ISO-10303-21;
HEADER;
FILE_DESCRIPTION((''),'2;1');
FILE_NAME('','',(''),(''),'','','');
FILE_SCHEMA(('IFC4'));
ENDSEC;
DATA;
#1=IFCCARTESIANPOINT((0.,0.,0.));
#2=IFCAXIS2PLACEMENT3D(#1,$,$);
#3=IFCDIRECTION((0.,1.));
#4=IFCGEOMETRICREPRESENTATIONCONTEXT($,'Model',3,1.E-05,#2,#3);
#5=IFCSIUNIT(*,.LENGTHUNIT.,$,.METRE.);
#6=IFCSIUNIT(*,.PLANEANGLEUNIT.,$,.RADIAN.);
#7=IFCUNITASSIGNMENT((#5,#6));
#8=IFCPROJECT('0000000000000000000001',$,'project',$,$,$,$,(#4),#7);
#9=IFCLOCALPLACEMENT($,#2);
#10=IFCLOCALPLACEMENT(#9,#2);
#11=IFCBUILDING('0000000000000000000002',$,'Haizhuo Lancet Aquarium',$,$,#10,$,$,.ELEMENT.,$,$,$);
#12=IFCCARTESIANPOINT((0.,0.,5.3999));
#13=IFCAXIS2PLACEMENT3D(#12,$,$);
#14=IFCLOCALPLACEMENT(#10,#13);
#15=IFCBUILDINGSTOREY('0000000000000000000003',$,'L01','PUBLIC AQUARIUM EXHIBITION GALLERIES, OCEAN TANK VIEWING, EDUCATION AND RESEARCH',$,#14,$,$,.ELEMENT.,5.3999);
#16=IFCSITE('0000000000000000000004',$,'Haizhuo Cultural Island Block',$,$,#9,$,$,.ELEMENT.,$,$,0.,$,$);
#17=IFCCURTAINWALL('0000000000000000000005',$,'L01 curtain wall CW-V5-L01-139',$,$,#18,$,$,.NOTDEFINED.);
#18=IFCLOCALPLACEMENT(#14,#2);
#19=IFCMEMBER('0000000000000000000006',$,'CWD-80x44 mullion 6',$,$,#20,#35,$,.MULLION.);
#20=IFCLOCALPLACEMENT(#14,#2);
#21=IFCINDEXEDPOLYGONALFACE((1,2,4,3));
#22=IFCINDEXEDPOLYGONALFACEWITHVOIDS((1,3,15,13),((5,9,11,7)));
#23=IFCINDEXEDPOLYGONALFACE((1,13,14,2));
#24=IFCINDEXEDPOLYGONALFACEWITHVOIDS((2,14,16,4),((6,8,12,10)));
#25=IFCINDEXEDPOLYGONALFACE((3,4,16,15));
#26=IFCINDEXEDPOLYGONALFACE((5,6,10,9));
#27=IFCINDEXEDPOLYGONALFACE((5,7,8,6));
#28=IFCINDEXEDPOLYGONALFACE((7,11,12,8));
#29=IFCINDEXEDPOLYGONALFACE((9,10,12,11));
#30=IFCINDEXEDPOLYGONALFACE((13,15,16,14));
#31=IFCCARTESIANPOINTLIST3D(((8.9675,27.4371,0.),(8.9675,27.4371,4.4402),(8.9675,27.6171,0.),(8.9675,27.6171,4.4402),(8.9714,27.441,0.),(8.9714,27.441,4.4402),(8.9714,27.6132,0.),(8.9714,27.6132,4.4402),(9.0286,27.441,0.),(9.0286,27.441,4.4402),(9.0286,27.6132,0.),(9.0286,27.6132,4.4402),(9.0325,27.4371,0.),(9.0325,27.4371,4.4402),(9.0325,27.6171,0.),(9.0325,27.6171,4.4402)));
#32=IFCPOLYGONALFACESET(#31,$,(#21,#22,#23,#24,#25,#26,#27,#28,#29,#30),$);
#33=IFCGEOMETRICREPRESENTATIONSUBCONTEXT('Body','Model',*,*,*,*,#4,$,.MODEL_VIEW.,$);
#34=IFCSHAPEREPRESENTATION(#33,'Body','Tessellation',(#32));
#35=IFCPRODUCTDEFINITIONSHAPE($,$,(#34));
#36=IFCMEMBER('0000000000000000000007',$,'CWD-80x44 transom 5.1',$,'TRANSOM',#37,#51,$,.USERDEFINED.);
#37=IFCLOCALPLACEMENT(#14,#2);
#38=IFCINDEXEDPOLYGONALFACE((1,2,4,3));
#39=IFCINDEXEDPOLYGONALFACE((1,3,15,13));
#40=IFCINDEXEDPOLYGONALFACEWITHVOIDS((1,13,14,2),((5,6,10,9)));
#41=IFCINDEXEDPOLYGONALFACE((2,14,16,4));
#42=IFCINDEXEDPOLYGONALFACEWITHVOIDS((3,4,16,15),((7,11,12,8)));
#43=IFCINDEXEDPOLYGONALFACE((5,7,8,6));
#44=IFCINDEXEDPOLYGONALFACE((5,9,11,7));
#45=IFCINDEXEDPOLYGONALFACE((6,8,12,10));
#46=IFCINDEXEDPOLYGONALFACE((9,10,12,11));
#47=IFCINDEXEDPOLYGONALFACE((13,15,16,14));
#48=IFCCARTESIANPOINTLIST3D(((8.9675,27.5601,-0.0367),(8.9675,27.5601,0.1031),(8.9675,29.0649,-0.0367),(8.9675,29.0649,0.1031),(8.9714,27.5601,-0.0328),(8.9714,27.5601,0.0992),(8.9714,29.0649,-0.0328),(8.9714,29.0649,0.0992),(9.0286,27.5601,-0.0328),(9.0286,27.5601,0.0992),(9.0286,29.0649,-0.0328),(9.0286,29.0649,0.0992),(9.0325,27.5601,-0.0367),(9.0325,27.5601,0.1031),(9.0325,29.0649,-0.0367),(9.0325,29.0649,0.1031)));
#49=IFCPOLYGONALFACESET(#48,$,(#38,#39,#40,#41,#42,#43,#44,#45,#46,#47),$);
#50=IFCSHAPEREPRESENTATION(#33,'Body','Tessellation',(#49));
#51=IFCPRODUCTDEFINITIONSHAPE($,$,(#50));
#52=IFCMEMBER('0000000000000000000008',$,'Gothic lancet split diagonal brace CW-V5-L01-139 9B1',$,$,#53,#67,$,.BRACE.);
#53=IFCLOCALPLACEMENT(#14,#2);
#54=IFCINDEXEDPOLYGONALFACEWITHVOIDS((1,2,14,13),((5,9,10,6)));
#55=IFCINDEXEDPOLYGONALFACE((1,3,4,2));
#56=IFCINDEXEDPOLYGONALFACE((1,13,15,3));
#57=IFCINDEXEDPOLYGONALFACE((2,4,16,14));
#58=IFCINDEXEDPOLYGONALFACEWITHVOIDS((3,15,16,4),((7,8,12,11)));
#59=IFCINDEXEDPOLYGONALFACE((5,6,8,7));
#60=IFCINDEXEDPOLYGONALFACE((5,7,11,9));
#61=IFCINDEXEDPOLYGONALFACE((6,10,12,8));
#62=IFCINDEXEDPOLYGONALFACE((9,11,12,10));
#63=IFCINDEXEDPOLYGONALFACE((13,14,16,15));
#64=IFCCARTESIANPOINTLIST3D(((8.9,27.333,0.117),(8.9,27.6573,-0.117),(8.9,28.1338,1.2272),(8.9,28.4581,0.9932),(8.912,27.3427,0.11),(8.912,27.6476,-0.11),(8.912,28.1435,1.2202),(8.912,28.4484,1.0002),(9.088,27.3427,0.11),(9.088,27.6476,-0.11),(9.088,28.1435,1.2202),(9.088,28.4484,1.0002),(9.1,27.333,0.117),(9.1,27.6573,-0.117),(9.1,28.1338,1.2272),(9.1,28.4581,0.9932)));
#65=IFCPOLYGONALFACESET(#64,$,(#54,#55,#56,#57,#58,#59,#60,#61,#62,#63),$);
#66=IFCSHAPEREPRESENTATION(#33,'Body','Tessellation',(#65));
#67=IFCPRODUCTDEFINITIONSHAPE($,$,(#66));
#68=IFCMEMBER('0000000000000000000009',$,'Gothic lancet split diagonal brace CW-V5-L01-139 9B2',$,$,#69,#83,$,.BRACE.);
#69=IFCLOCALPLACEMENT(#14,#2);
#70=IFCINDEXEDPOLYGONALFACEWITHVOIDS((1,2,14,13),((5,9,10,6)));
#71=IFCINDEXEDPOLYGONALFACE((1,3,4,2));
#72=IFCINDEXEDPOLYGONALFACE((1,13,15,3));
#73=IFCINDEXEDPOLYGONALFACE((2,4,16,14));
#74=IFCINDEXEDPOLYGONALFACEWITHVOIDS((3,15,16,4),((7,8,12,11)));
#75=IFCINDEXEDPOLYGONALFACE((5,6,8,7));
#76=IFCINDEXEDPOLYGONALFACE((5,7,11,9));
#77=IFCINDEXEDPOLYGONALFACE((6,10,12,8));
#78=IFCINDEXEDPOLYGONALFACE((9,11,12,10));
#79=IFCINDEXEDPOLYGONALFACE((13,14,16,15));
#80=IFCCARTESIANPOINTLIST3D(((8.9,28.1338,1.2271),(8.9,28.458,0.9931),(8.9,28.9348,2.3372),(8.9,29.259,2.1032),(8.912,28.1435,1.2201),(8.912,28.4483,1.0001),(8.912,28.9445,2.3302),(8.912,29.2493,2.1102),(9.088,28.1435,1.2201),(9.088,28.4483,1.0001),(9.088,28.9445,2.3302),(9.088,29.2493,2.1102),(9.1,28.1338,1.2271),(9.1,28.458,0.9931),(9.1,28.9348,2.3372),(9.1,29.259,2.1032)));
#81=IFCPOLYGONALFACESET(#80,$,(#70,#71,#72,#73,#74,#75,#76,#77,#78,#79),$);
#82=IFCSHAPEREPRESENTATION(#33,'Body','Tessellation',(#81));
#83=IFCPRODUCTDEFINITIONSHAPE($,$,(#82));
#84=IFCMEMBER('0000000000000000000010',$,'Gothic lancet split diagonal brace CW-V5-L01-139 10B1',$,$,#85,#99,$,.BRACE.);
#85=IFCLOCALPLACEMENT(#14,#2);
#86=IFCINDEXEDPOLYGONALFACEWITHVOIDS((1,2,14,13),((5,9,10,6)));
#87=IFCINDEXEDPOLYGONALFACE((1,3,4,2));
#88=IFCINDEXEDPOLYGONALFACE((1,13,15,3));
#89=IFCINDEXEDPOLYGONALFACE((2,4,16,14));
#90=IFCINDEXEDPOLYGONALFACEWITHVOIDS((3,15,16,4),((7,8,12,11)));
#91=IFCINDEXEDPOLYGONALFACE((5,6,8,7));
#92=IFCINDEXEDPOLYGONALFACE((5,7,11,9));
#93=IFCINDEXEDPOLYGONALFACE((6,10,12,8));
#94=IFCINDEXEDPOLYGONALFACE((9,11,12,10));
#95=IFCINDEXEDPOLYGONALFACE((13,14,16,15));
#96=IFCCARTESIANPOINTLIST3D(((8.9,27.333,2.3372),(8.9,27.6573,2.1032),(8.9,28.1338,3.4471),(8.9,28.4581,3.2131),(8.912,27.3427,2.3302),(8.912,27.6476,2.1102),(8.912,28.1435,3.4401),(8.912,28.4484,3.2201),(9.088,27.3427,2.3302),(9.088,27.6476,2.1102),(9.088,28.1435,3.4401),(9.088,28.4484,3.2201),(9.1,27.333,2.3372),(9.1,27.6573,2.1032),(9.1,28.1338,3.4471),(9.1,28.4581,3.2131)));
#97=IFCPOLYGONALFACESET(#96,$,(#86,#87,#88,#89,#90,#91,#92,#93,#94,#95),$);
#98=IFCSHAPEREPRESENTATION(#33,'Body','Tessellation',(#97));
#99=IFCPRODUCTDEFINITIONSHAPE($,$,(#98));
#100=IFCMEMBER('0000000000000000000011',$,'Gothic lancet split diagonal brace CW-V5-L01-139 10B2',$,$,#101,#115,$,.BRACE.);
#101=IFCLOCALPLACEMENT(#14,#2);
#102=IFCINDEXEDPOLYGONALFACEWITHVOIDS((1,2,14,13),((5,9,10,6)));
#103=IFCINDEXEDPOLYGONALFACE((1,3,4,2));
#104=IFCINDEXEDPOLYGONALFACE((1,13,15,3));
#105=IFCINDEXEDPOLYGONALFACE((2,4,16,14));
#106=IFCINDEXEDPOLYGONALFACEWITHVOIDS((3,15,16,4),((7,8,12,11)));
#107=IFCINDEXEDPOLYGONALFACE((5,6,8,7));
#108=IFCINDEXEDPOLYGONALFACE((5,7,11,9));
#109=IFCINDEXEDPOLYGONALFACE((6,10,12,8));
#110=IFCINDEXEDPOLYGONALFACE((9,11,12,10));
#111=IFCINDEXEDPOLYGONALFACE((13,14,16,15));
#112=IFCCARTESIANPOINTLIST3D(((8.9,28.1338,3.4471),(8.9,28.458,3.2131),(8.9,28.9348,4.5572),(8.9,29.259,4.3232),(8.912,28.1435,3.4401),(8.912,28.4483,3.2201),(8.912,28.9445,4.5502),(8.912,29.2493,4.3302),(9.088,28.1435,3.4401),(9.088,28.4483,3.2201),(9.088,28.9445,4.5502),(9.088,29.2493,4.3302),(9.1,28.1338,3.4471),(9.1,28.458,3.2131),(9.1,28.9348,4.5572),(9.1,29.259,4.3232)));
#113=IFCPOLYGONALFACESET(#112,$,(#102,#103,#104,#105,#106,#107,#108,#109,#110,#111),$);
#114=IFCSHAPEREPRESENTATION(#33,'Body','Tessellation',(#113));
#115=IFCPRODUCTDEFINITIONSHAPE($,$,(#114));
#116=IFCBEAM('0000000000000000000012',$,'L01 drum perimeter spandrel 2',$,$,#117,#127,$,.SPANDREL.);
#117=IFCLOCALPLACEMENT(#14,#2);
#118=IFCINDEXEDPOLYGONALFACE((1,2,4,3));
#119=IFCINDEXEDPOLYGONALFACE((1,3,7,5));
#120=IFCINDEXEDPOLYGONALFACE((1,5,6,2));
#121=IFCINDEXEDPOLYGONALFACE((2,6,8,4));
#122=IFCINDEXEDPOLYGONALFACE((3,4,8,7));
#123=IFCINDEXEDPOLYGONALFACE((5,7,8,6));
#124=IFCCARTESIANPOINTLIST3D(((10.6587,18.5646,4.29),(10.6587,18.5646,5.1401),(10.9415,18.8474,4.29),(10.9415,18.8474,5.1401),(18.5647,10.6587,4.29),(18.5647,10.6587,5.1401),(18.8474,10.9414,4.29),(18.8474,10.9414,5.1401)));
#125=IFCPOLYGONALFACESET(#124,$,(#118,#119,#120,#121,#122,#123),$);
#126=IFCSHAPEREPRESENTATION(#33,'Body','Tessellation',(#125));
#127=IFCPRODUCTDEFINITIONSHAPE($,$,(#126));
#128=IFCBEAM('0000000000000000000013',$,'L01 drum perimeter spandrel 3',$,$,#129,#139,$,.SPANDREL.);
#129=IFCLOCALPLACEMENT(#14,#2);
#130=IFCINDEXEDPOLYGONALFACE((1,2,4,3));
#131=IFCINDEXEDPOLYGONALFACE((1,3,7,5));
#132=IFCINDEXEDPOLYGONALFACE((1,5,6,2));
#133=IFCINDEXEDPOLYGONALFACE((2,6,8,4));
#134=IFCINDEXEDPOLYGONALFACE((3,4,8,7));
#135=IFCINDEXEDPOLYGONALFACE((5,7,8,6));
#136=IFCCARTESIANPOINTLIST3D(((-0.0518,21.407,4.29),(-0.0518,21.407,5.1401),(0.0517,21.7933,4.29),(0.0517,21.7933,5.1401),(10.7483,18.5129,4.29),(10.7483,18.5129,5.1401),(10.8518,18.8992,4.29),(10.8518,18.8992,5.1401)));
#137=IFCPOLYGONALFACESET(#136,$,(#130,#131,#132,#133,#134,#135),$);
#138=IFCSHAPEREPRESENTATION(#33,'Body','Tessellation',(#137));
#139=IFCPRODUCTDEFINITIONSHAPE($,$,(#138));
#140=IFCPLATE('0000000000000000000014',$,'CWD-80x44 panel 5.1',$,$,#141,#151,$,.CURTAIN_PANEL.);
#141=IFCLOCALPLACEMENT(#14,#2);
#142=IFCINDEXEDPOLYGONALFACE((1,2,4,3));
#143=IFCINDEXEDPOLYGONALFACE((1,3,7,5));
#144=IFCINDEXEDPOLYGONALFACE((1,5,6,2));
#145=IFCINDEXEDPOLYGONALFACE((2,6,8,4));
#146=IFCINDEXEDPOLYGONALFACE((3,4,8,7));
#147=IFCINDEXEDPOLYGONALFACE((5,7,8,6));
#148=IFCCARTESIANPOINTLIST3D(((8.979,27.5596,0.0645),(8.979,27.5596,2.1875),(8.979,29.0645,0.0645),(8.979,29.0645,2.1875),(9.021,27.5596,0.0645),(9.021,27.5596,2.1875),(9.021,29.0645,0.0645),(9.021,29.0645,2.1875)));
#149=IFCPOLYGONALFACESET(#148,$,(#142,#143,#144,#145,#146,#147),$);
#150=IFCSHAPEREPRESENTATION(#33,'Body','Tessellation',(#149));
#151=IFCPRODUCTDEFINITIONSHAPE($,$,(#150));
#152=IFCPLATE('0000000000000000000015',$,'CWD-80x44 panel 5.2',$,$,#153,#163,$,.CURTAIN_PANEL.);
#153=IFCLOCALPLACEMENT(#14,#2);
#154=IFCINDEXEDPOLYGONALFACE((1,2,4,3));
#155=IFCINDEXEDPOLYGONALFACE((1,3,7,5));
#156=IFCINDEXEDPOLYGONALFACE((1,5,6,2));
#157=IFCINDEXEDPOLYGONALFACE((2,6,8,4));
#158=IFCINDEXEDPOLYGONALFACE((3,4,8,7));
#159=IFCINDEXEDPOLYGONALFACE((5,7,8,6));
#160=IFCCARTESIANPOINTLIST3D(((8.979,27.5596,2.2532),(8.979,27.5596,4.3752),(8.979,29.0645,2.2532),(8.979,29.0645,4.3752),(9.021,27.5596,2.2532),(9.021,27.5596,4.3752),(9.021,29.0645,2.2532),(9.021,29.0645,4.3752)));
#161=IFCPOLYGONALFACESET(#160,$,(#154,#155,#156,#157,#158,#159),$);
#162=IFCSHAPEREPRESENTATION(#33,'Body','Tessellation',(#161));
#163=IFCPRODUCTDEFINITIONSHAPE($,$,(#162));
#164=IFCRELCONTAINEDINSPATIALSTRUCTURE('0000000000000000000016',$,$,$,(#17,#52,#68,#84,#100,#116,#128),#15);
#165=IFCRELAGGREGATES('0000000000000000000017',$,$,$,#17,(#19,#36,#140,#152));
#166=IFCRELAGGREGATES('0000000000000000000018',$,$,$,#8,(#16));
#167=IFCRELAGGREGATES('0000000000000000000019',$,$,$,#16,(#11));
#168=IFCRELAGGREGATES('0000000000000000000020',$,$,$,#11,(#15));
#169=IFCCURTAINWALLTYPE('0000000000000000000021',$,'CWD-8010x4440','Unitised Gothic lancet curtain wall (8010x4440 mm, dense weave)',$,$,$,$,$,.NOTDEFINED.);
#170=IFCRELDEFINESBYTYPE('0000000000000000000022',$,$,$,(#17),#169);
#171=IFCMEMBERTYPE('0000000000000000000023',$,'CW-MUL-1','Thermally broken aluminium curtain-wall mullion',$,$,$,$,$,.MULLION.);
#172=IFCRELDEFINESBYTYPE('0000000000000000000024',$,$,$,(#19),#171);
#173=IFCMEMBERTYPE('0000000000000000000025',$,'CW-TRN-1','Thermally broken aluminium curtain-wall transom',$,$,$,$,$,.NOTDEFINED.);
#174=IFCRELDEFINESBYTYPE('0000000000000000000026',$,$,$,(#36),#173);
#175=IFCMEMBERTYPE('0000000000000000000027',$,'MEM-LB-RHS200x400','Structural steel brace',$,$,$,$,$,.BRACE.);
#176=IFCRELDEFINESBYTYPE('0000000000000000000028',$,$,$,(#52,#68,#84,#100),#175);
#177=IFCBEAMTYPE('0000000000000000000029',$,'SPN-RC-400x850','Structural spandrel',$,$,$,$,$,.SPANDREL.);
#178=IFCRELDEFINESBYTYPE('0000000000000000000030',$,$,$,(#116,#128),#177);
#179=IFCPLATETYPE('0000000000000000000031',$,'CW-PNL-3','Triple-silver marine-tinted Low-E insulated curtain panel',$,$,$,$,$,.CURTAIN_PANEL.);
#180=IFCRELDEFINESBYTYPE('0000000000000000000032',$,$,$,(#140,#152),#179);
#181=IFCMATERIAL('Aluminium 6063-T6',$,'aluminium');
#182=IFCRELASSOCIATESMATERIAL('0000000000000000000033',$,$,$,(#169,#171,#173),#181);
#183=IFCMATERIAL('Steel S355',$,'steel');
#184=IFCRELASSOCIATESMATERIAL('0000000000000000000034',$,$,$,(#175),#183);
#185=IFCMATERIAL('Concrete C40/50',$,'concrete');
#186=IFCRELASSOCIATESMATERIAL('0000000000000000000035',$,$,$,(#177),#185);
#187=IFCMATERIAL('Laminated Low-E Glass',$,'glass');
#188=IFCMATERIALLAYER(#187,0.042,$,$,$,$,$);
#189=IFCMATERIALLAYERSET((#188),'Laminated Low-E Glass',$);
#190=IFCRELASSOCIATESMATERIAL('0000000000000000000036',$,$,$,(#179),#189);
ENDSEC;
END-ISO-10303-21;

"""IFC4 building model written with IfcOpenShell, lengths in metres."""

from ifc_helpers import new_model, si_unit, direction, frame, origin, origin_2d, place, context, subcontext, project, spatial, rectangle, hollow_rectangle, extrude, material, layer, layer_set, material_profile, profile_set, type_object, element, aggregate, save


model = new_model("IFC4")

# Units and contexts
model_context = context("Model", 3, precision=1e-05, world=origin(), true_north=direction((0.0, 1.0)))
body_context = subcontext(model_context, "Body", "Model", "MODEL_VIEW")
ifc_project = project(units=[si_unit("LENGTHUNIT", "METRE"), si_unit("PLANEANGLEUNIT", "RADIAN")], contexts=[model_context])

# Site, building, storey
site_placement = place(None, origin())
site = spatial("IfcSite", under=ifc_project, at=site_placement, Name="Haizhuo Cultural Island Block", CompositionType="ELEMENT", RefElevation=0.0)
building_placement = place(site_placement, origin())
building = spatial("IfcBuilding", under=site, at=building_placement, Name="Haizhuo Lancet Aquarium", CompositionType="ELEMENT")
storey_placement = place(building_placement, frame((0.0, 0.0, 5.3999)))
storey = spatial("IfcBuildingStorey", under=building, at=storey_placement, Name="L01", Description="PUBLIC AQUARIUM EXHIBITION GALLERIES, OCEAN TANK VIEWING, EDUCATION AND RESEARCH", CompositionType="ELEMENT", Elevation=5.3999)

# Curtain wall, members
ifc_material_1 = material(Name="Aluminium 6063-T6", Category="aluminium")
curtain_wall_type = type_object("IfcCurtainWallType", Name="CWD-8010x4440", Description="Unitised Gothic lancet curtain wall (8010x4440 mm, dense weave)", PredefinedType="NOTDEFINED", material=ifc_material_1)
curtain_wall_placement = place(storey_placement, origin())
curtain_wall = element("IfcCurtainWall", 1, at=curtain_wall_placement, inside=storey, type_object=curtain_wall_type, Name="L01 curtain wall CW-V5-L01-139", PredefinedType="NOTDEFINED")
ifc_material_profile_1 = material_profile(ifc_material_1, hollow_rectangle(XDim=0.0649, YDim=0.1799, WallThickness=0.0039, at=origin_2d()), Name="ALU-M 65x180x4")
ifc_profile_set_1 = profile_set([ifc_material_profile_1], Name="Aluminium 6063-T6")
member_type_1 = type_object("IfcMemberType", Name="CW-MUL-1", Description="Thermally broken aluminium curtain-wall mullion", PredefinedType="MULLION", material=ifc_profile_set_1)
member_1_placement = place(storey_placement, frame((9.0, 27.5271, 0.0), z_axis=(0.0, 0.0, 1.0), x_axis=(1.0, 0.0, 0.0)))
member_1 = element("IfcMember", 2, at=member_1_placement, type_object=member_type_1, Name="CWD-80x44 mullion 6", PredefinedType="MULLION", context=body_context, shape_type="SweptSolid", body=[
    extrude(hollow_rectangle(XDim=0.0649, YDim=0.1799, WallThickness=0.0039, at=origin_2d()), origin(), (0.0, 0.0, 1.0), 4.4402),
])
ifc_material_profile_2 = material_profile(ifc_material_1, hollow_rectangle(XDim=0.0649, YDim=0.1399, WallThickness=0.0039, at=origin_2d()), Name="ALU-T 65x140x4")
ifc_profile_set_2 = profile_set([ifc_material_profile_2], Name="Aluminium 6063-T6")
member_type_2 = type_object("IfcMemberType", Name="CW-TRN-1", Description="Thermally broken aluminium curtain-wall transom", PredefinedType="NOTDEFINED", material=ifc_profile_set_2)
member_2_placement = place(storey_placement, frame((9.0, 29.0649, 0.0332), z_axis=(0.0, -1.0, 0.0), x_axis=(1.0, 0.0, 0.0)))
member_2 = element("IfcMember", 3, at=member_2_placement, type_object=member_type_2, Name="CWD-80x44 transom 5.1", ObjectType="TRANSOM", PredefinedType="USERDEFINED", context=body_context, shape_type="SweptSolid", body=[
    extrude(hollow_rectangle(XDim=0.0649, YDim=0.1399, WallThickness=0.0039, at=origin_2d()), origin(), (0.0, 0.0, 1.0), 1.5049),
])

# Members
ifc_material_2 = material(Name="Steel S355", Category="steel")
ifc_material_profile_3 = material_profile(ifc_material_2, hollow_rectangle(XDim=0.2, YDim=0.3999, WallThickness=0.012, at=origin_2d()), Name="RHS 200x400x12")
ifc_profile_set_3 = profile_set([ifc_material_profile_3], Name="Steel S355")
member_type_3 = type_object("IfcMemberType", Name="MEM-LB-RHS200x400", Description="Structural steel brace", PredefinedType="BRACE", material=ifc_profile_set_3)
for number, where, z_axis, x_axis, name in (
    (4, (9.0, 27.4951, 0.0), (0.0, 0.585028, 0.811013), (-1.0, 0.0, 0.0), "Gothic lancet split diagonal brace CW-V5-L01-139 9B1"),
    (5, (9.0, 28.2959, 1.1101), (0.0, 0.585145, 0.810928), (-1.0, 0.0, 0.0), "Gothic lancet split diagonal brace CW-V5-L01-139 9B2"),
):
    element("IfcMember", number, at=place(storey_placement, frame(where, z_axis=z_axis, x_axis=x_axis)), inside=storey, type_object=member_type_3, Name=name, PredefinedType="BRACE", context=body_context, shape_type="SweptSolid", body=[
        extrude(hollow_rectangle(XDim=0.2, YDim=0.3999, WallThickness=0.012, at=origin_2d()), origin(), (0.0, 0.0, 1.0), 1.3689),
    ])
member_3_placement = place(storey_placement, frame((9.0, 27.4951, 2.2202), z_axis=(0.0, 0.585113, 0.810952), x_axis=(-1.0, 0.0, 0.0)))
element("IfcMember", 6, at=member_3_placement, inside=storey, type_object=member_type_3, Name="Gothic lancet split diagonal brace CW-V5-L01-139 10B1", PredefinedType="BRACE", context=body_context, shape_type="SweptSolid", body=[
    extrude(hollow_rectangle(XDim=0.2, YDim=0.3999, WallThickness=0.012, at=origin_2d()), origin(), (0.0, 0.0, 1.0), 1.3687),
])
member_4_placement = place(storey_placement, frame((9.0, 28.2959, 3.3301), z_axis=(0.0, 0.585145, 0.810928), x_axis=(-1.0, 0.0, 0.0)))
element("IfcMember", 7, at=member_4_placement, inside=storey, type_object=member_type_3, Name="Gothic lancet split diagonal brace CW-V5-L01-139 10B2", PredefinedType="BRACE", context=body_context, shape_type="SweptSolid", body=[
    extrude(hollow_rectangle(XDim=0.2, YDim=0.3999, WallThickness=0.012, at=origin_2d()), origin(), (0.0, 0.0, 1.0), 1.3689),
])

# Beams
ifc_material_3 = material(Name="Concrete C40/50", Category="concrete")
ifc_material_profile_4 = material_profile(ifc_material_3, rectangle(XDim=0.3999, YDim=0.8501, at=origin_2d()), Name="RC-SP 400x850")
ifc_profile_set_4 = profile_set([ifc_material_profile_4], Name="Concrete C40/50")
beam_type = type_object("IfcBeamType", Name="SPN-RC-400x850", Description="Structural spandrel", PredefinedType="SPANDREL", material=ifc_profile_set_4)
beam_1_placement = place(storey_placement, frame((18.7061, 10.8, 4.7151), z_axis=(-0.707107, 0.707107, 0.0), x_axis=(-0.707107, -0.707107, 0.0)))
element("IfcBeam", 8, at=beam_1_placement, inside=storey, type_object=beam_type, Name="L01 drum perimeter spandrel 2", PredefinedType="SPANDREL", context=body_context, shape_type="SweptSolid", body=[
    extrude(rectangle(XDim=0.3999, YDim=0.8501, at=origin_2d()), origin(), (0.0, 0.0, 1.0), 11.1807),
])
beam_2_placement = place(storey_placement, frame((10.8, 18.7061, 4.7151), z_axis=(-0.965922, 0.258834, 0.0), x_axis=(-0.258834, -0.965922, 0.0)))
element("IfcBeam", 9, at=beam_2_placement, inside=storey, type_object=beam_type, Name="L01 drum perimeter spandrel 3", PredefinedType="SPANDREL", context=body_context, shape_type="SweptSolid", body=[
    extrude(rectangle(XDim=0.3999, YDim=0.8501, at=origin_2d()), origin(), (0.0, 0.0, 1.0), 11.1812),
])

# Plates
ifc_material_4 = material(Name="Laminated Low-E Glass", Category="glass")
ifc_layer_1 = layer(ifc_material_4, 0.042)
ifc_layer_set_1 = layer_set([ifc_layer_1], Name="Laminated Low-E Glass")
plate_type = type_object("IfcPlateType", Name="CW-PNL-3", Description="Triple-silver marine-tinted Low-E insulated curtain panel", PredefinedType="CURTAIN_PANEL", material=ifc_layer_set_1)
plate_1_placement = place(storey_placement, frame((9.0, 28.312, 0.0645), z_axis=(0.0, 0.0, 1.0), x_axis=(0.0, -1.0, 0.0)))
plate_1 = element("IfcPlate", 10, at=plate_1_placement, type_object=plate_type, Name="CWD-80x44 panel 5.1", PredefinedType="CURTAIN_PANEL", context=body_context, shape_type="SweptSolid", body=[
    extrude(rectangle(XDim=1.5049, YDim=0.042, at=origin_2d()), origin(), (0.0, 0.0, 1.0), 2.123),
])
plate_2_placement = place(storey_placement, frame((9.0, 28.312, 2.2532), z_axis=(0.0, 0.0, 1.0), x_axis=(0.0, -1.0, 0.0)))
plate_2 = element("IfcPlate", 11, at=plate_2_placement, type_object=plate_type, Name="CWD-80x44 panel 5.2", PredefinedType="CURTAIN_PANEL", context=body_context, shape_type="SweptSolid", body=[
    extrude(rectangle(XDim=1.5049, YDim=0.042, at=origin_2d()), origin(), (0.0, 0.0, 1.0), 2.1221),
])
aggregate(curtain_wall, [member_1, member_2, plate_1, plate_2])

save(model, "model.ifc")
